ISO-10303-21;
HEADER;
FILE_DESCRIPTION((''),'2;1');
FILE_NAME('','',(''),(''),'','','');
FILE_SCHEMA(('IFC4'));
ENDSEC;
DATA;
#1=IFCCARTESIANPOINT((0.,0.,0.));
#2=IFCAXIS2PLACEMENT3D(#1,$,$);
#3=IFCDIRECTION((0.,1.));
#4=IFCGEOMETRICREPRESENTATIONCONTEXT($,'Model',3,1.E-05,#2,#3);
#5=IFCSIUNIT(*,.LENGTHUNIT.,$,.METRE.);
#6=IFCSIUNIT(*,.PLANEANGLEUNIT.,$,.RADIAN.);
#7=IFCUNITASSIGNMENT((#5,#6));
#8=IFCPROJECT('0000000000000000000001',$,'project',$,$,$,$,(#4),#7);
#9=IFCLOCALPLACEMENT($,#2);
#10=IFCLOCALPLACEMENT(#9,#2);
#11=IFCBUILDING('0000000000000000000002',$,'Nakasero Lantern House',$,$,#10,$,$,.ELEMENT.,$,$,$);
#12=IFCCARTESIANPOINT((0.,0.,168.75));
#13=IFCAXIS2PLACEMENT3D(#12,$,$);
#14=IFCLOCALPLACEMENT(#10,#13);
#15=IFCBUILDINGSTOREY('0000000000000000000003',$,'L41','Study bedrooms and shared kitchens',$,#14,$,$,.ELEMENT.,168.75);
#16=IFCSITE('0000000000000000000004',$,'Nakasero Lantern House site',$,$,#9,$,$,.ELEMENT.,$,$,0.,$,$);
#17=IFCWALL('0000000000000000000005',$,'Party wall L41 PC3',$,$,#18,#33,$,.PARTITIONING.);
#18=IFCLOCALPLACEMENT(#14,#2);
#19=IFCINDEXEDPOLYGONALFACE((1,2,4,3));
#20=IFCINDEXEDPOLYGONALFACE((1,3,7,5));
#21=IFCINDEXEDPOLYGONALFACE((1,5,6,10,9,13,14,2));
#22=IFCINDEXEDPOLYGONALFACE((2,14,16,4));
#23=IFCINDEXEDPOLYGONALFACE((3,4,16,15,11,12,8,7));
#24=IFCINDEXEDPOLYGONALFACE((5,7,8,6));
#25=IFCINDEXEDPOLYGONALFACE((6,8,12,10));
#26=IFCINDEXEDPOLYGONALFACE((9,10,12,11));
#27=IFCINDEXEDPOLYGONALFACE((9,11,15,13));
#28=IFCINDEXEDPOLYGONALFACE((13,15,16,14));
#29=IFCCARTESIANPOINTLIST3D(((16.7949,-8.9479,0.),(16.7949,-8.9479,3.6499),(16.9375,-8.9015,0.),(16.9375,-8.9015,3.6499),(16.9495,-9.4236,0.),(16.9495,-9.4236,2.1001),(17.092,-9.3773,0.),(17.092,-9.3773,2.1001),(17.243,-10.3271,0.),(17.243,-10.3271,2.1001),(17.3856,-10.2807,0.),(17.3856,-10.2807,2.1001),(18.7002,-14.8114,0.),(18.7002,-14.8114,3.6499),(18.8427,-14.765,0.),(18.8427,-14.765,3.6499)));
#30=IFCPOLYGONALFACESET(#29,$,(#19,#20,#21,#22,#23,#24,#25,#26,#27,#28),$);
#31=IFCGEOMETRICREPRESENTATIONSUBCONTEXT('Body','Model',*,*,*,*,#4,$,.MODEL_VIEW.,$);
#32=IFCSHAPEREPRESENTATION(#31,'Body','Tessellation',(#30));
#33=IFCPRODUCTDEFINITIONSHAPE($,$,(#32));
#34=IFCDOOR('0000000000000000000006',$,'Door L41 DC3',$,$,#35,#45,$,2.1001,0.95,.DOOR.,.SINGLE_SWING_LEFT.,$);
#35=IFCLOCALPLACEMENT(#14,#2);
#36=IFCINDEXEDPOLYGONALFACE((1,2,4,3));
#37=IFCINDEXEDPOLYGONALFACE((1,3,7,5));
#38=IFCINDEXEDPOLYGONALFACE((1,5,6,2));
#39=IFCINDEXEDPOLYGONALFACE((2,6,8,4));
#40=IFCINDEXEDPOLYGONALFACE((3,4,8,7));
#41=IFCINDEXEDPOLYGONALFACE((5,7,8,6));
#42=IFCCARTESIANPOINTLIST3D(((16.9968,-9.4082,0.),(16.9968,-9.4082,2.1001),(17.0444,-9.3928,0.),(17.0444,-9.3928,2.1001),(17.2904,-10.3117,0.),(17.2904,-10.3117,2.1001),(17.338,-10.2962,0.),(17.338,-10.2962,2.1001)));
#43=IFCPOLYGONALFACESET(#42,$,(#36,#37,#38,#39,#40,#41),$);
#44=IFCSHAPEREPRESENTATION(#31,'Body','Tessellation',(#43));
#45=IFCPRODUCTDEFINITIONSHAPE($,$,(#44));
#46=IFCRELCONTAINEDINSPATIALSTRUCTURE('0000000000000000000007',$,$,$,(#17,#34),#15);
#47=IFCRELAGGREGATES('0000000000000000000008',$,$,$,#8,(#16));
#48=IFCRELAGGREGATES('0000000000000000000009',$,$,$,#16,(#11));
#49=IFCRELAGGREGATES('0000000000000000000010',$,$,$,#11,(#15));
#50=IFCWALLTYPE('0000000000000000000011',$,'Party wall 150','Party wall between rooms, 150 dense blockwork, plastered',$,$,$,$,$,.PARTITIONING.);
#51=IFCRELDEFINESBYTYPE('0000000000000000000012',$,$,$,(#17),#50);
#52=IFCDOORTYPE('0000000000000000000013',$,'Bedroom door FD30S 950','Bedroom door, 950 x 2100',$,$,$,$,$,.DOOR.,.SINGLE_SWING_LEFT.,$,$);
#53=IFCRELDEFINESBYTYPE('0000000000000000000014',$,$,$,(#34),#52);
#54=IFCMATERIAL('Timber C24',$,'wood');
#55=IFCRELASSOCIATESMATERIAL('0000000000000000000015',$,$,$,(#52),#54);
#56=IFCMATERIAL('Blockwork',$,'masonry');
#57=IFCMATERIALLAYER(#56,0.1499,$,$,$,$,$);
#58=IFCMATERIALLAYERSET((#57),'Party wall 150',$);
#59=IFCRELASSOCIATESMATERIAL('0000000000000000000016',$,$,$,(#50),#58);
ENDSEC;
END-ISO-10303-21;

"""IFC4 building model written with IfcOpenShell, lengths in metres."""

from ifc_helpers import new_model, si_unit, direction, frame, frame_2d, origin, place, context, subcontext, project, spatial, rectangle, extrude, material, layer, layer_set, type_object, element, fill, save


model = new_model("IFC4")

# Units and contexts
model_context = context("Model", 3, precision=1e-05, world=origin(), true_north=direction((0.0, 1.0)))
body_context = subcontext(model_context, "Body", "Model", "MODEL_VIEW")
ifc_project = project(units=[si_unit("LENGTHUNIT", "METRE"), si_unit("PLANEANGLEUNIT", "RADIAN")], contexts=[model_context])

# Site, building, storey
site_placement = place(None, origin())
site = spatial("IfcSite", under=ifc_project, at=site_placement, Name="Nakasero Lantern House site", CompositionType="ELEMENT", RefElevation=0.0)
building_placement = place(site_placement, origin())
building = spatial("IfcBuilding", under=site, at=building_placement, Name="Nakasero Lantern House", CompositionType="ELEMENT")
storey_placement = place(building_placement, frame((0.0, 0.0, 168.75)))
storey = spatial("IfcBuildingStorey", under=building, at=storey_placement, Name="L41", Description="Study bedrooms and shared kitchens", CompositionType="ELEMENT", Elevation=168.75)

# Shared definitions
ifc_material_1 = material(Name="Timber C24", Category="wood")
door_type_1 = type_object("IfcDoorType", Name="Bedroom door FD30S 950", Description="Bedroom door, 950 x 2100", OperationType="SINGLE_SWING_LEFT", PredefinedType="DOOR", material=ifc_material_1)

# Shared definitions
ifc_material_2 = material(Name="Blockwork", Category="masonry")
ifc_layer_1 = layer(ifc_material_2, 0.1499)
ifc_layer_set_1 = layer_set([ifc_layer_1], Name="Party wall 150")
wall_type_1 = type_object("IfcWallType", Name="Party wall 150", Description="Party wall between rooms, 150 dense blockwork, plastered", PredefinedType="PARTITIONING", material=ifc_layer_set_1)

# Wall, opening, door
wall_1_placement = place(storey_placement, frame((16.8662, -8.9248, 0.0), z_axis=(0.0, 0.0, 1.0), x_axis=(0.309031, -0.951052, 0.0)))
wall_1 = element("IfcWall", 1, at=wall_1_placement, inside=storey, type_object=wall_type_1, Name="Party wall L41 PC3", PredefinedType="PARTITIONING", context=body_context, shape_type="SweptSolid", body=[
    extrude(rectangle(XDim=6.1653, YDim=0.1499, at=frame_2d((3.0825, 0.0))), origin(), (0.0, 0.0, 1.0), 3.6499),
])
opening_1_placement = place(wall_1_placement, frame((0.5, 0.0, 0.0)))
opening_1 = element("IfcOpeningElement", 2, at=opening_1_placement, cuts=wall_1, PredefinedType="OPENING", context=body_context, shape_type="SweptSolid", body=[
    extrude(rectangle(XDim=0.95, YDim=2.1001, at=frame_2d((0.4751, 1.05))), frame((0.0, 0.095, 0.0), z_axis=(0.0, -1.0, 0.0), x_axis=(1.0, 0.0, 0.0)), (0.0, 0.0, 1.0), 0.1899),
])
door_1_placement = place(opening_1_placement, origin())
door_1 = element("IfcDoor", 3, at=door_1_placement, inside=storey, type_object=door_type_1, Name="Door L41 DC3", OperationType="SINGLE_SWING_LEFT", OverallHeight=2.1001, OverallWidth=0.95, PredefinedType="DOOR", context=body_context, shape_type="SweptSolid", body=[
    extrude(rectangle(XDim=0.95, YDim=2.1001, at=frame_2d((0.4751, 1.05))), frame((0.0, 0.0249, 0.0), z_axis=(0.0, -1.0, 0.0), x_axis=(1.0, 0.0, 0.0)), (0.0, 0.0, 1.0), 0.05),
])
fill(opening_1, door_1)

save(model, "model.ifc")
